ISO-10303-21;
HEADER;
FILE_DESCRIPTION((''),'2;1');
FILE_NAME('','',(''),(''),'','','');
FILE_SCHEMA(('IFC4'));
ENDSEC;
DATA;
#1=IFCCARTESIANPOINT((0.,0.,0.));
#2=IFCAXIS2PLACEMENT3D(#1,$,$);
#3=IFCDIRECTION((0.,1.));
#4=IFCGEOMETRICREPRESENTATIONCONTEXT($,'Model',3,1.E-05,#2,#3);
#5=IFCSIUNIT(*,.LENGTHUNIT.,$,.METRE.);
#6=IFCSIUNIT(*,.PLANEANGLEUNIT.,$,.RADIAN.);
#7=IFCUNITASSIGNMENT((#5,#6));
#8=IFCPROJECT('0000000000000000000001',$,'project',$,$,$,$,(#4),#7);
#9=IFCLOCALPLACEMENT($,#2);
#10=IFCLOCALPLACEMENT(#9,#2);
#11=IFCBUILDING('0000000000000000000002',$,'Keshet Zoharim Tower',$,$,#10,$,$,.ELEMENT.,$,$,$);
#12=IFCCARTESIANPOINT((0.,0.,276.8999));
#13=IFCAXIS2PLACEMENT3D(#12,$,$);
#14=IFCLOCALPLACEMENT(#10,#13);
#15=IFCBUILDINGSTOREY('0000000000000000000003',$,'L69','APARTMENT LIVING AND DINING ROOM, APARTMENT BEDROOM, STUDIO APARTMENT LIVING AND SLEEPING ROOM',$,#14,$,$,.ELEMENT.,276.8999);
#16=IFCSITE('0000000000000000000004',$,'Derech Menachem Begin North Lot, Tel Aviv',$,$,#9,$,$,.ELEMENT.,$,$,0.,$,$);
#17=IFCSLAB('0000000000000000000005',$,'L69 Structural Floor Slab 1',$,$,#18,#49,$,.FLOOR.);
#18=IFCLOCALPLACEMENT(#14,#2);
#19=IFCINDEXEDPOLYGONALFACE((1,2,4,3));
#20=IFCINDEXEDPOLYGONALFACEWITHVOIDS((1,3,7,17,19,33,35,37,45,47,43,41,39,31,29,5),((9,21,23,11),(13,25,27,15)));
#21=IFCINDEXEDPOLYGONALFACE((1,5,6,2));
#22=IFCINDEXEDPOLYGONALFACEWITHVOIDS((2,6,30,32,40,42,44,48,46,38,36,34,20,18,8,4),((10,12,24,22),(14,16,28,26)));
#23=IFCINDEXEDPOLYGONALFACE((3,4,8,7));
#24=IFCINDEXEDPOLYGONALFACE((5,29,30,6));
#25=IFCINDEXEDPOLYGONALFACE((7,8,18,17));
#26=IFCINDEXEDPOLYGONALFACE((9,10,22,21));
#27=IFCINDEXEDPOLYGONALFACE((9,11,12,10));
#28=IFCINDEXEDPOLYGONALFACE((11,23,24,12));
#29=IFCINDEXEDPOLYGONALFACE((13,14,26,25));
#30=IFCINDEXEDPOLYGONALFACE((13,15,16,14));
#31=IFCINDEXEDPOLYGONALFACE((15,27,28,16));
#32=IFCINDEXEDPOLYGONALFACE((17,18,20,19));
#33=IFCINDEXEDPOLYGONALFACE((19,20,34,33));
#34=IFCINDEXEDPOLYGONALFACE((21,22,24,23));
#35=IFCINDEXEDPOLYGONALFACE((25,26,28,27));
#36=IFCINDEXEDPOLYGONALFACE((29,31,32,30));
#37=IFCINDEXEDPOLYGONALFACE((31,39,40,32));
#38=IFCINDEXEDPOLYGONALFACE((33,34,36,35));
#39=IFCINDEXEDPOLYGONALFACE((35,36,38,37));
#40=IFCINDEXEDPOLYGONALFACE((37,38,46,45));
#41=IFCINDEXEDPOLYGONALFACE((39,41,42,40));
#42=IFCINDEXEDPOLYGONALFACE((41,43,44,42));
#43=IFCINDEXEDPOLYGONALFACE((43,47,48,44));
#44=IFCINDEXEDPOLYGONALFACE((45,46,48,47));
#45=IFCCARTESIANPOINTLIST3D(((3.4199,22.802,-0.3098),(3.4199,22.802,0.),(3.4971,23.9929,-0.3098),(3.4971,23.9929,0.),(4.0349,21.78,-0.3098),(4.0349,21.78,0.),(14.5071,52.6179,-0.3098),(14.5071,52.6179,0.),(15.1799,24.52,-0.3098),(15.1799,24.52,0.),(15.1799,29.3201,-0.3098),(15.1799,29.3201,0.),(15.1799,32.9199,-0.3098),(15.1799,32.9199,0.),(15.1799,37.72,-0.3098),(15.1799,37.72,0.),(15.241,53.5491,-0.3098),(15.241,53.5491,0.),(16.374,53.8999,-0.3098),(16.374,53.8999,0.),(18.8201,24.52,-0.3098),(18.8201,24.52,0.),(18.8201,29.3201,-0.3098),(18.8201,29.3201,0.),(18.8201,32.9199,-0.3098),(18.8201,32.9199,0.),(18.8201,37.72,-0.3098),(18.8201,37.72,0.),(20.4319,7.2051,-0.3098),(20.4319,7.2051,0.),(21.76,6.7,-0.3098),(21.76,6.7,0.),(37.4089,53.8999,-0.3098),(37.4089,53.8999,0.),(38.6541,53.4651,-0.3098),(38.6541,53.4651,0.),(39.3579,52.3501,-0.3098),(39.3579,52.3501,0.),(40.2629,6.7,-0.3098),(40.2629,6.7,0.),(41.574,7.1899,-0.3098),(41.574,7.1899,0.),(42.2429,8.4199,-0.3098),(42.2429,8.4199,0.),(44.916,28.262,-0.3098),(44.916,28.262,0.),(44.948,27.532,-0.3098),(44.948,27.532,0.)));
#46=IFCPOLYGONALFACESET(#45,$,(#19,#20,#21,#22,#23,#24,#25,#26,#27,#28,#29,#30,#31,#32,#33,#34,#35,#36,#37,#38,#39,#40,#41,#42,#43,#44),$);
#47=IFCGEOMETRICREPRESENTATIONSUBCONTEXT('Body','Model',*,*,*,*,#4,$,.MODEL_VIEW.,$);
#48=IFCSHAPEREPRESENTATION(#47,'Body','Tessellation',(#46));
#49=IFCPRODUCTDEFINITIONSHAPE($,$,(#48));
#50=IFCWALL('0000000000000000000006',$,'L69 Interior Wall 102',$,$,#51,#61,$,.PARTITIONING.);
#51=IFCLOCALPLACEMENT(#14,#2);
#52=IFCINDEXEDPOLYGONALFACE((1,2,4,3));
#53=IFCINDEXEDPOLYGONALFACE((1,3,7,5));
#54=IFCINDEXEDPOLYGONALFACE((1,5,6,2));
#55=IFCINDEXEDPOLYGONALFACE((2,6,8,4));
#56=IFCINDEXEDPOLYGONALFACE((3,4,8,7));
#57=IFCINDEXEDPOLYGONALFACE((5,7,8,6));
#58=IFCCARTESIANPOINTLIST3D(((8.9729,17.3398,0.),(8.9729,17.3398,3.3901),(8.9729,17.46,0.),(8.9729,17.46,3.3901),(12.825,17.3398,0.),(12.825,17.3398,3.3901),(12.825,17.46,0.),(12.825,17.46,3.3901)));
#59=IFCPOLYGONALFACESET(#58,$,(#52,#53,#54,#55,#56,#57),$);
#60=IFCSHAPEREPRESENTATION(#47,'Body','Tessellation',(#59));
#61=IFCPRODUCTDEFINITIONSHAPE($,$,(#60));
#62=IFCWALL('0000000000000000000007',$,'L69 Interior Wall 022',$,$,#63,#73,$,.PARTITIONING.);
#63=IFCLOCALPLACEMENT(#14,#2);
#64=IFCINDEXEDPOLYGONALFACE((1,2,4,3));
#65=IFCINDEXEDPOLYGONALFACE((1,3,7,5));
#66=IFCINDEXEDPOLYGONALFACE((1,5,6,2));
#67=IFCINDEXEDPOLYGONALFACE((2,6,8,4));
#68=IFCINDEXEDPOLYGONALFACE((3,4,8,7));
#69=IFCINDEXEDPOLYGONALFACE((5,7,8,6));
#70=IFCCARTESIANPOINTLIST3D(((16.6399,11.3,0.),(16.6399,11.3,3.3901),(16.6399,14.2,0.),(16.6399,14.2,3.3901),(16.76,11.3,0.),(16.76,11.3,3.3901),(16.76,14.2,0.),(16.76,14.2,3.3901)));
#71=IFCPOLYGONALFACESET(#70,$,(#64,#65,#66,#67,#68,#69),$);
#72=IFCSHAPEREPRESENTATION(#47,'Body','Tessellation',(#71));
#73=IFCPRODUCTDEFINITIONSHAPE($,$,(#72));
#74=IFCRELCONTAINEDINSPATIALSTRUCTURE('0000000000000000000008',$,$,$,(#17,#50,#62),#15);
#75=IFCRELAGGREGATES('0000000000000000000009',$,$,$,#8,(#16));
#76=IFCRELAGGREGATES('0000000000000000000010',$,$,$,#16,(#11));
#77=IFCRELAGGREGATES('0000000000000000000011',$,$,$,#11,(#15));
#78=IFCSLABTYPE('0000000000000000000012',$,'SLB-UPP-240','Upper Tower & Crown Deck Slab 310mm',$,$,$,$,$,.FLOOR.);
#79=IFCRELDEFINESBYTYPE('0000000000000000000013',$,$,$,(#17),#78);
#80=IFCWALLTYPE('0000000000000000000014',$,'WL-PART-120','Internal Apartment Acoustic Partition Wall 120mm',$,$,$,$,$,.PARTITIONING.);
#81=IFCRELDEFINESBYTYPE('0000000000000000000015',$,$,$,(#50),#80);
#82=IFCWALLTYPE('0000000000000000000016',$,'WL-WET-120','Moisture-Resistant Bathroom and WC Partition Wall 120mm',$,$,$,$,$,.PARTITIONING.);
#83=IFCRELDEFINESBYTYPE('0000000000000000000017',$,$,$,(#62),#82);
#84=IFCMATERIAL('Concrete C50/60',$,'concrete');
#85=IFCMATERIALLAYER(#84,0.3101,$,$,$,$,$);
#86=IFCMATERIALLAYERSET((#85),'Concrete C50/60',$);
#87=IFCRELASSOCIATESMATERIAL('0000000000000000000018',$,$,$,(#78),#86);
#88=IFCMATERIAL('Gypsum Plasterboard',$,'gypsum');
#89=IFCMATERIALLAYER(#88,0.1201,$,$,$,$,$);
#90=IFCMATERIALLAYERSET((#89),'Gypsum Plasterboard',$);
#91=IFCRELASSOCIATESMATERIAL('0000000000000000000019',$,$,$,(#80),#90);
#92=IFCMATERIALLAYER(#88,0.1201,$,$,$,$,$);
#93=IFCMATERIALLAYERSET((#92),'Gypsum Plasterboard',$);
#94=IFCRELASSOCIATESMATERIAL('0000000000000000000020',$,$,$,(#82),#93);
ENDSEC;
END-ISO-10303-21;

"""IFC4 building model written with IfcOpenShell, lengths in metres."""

from ifc_helpers import new_model, si_unit, direction, frame, frame_2d, origin, place, context, subcontext, project, spatial, polyline, rectangle, outline, extrude, material, layer, layer_set, type_object, element, save


model = new_model("IFC4")

# Units and contexts
model_context = context("Model", 3, precision=1e-05, world=origin(), true_north=direction((0.0, 1.0)))
body_context = subcontext(model_context, "Body", "Model", "MODEL_VIEW")
ifc_project = project(units=[si_unit("LENGTHUNIT", "METRE"), si_unit("PLANEANGLEUNIT", "RADIAN")], contexts=[model_context])

# Site, building, storey
site_placement = place(None, origin())
site = spatial("IfcSite", under=ifc_project, at=site_placement, Name="Derech Menachem Begin North Lot, Tel Aviv", CompositionType="ELEMENT", RefElevation=0.0)
building_placement = place(site_placement, origin())
building = spatial("IfcBuilding", under=site, at=building_placement, Name="Keshet Zoharim Tower", CompositionType="ELEMENT")
storey_placement = place(building_placement, frame((0.0, 0.0, 276.8999)))
storey = spatial("IfcBuildingStorey", under=building, at=storey_placement, Name="L69", Description="APARTMENT LIVING AND DINING ROOM, APARTMENT BEDROOM, STUDIO APARTMENT LIVING AND SLEEPING ROOM", CompositionType="ELEMENT", Elevation=276.8999)

# Shared definitions
ifc_material_1 = material(Name="Concrete C50/60", Category="concrete")

# Slab
ifc_layer_1 = layer(ifc_material_1, 0.3101)
ifc_layer_set_1 = layer_set([ifc_layer_1], Name="Concrete C50/60")
slab_type_1 = type_object("IfcSlabType", Name="SLB-UPP-240", Description="Upper Tower & Crown Deck Slab 310mm", PredefinedType="FLOOR", material=ifc_layer_set_1)
slab_1_placement = place(storey_placement, frame((0.0, 0.0, -0.3098)))
element("IfcSlab", 1, at=slab_1_placement, inside=storey, type_object=slab_type_1, Name="L69 Structural Floor Slab 1", PredefinedType="FLOOR", context=body_context, shape_type="SweptSolid", body=[
    extrude(outline(polyline([(4.0349, 21.78), (3.4199, 22.802), (3.4971, 23.9929), (14.5071, 52.6179), (15.241, 53.5491), (16.374, 53.8999), (37.4089, 53.8999), (38.6541, 53.4651), (39.3579, 52.3501), (44.916, 28.262), (44.948, 27.532), (42.2429, 8.4199), (41.574, 7.1899), (40.2629, 6.7), (21.76, 6.7), (20.4319, 7.2051), (4.0349, 21.78)]), holes=[polyline([(15.1799, 24.52), (18.8201, 24.52), (18.8201, 29.3201), (15.1799, 29.3201), (15.1799, 24.52)]), polyline([(15.1799, 32.9199), (18.8201, 32.9199), (18.8201, 37.72), (15.1799, 37.72), (15.1799, 32.9199)])]), origin(), (0.0, 0.0, 1.0), 0.3098),
])

# Shared definitions
ifc_material_2 = material(Name="Gypsum Plasterboard", Category="gypsum")

# Walls
ifc_layer_2 = layer(ifc_material_2, 0.1201)
ifc_layer_set_2 = layer_set([ifc_layer_2], Name="Gypsum Plasterboard")
wall_type_1 = type_object("IfcWallType", Name="WL-PART-120", Description="Internal Apartment Acoustic Partition Wall 120mm", PredefinedType="PARTITIONING", material=ifc_layer_set_2)
wall_1_placement = place(storey_placement, frame((8.9729, 17.3999, 0.0), z_axis=(0.0, 0.0, 1.0), x_axis=(1.0, 0.0, 0.0)))
element("IfcWall", 2, at=wall_1_placement, inside=storey, type_object=wall_type_1, Name="L69 Interior Wall 102", PredefinedType="PARTITIONING", context=body_context, shape_type="SweptSolid", body=[
    extrude(rectangle(XDim=3.8521, YDim=0.1201, at=frame_2d((1.926, 0.0))), origin(), (0.0, 0.0, 1.0), 3.3901),
])
ifc_layer_3 = layer(ifc_material_2, 0.1201)
ifc_layer_set_3 = layer_set([ifc_layer_3], Name="Gypsum Plasterboard")
wall_type_2 = type_object("IfcWallType", Name="WL-WET-120", Description="Moisture-Resistant Bathroom and WC Partition Wall 120mm", PredefinedType="PARTITIONING", material=ifc_layer_set_3)
wall_2_placement = place(storey_placement, frame((16.7, 11.3, 0.0), z_axis=(0.0, 0.0, 1.0), x_axis=(0.0, 1.0, 0.0)))
element("IfcWall", 3, at=wall_2_placement, inside=storey, type_object=wall_type_2, Name="L69 Interior Wall 022", PredefinedType="PARTITIONING", context=body_context, shape_type="SweptSolid", body=[
    extrude(rectangle(XDim=2.8999, YDim=0.1201, at=frame_2d((1.45, 0.0))), origin(), (0.0, 0.0, 1.0), 3.3901),
])

save(model, "model.ifc")
